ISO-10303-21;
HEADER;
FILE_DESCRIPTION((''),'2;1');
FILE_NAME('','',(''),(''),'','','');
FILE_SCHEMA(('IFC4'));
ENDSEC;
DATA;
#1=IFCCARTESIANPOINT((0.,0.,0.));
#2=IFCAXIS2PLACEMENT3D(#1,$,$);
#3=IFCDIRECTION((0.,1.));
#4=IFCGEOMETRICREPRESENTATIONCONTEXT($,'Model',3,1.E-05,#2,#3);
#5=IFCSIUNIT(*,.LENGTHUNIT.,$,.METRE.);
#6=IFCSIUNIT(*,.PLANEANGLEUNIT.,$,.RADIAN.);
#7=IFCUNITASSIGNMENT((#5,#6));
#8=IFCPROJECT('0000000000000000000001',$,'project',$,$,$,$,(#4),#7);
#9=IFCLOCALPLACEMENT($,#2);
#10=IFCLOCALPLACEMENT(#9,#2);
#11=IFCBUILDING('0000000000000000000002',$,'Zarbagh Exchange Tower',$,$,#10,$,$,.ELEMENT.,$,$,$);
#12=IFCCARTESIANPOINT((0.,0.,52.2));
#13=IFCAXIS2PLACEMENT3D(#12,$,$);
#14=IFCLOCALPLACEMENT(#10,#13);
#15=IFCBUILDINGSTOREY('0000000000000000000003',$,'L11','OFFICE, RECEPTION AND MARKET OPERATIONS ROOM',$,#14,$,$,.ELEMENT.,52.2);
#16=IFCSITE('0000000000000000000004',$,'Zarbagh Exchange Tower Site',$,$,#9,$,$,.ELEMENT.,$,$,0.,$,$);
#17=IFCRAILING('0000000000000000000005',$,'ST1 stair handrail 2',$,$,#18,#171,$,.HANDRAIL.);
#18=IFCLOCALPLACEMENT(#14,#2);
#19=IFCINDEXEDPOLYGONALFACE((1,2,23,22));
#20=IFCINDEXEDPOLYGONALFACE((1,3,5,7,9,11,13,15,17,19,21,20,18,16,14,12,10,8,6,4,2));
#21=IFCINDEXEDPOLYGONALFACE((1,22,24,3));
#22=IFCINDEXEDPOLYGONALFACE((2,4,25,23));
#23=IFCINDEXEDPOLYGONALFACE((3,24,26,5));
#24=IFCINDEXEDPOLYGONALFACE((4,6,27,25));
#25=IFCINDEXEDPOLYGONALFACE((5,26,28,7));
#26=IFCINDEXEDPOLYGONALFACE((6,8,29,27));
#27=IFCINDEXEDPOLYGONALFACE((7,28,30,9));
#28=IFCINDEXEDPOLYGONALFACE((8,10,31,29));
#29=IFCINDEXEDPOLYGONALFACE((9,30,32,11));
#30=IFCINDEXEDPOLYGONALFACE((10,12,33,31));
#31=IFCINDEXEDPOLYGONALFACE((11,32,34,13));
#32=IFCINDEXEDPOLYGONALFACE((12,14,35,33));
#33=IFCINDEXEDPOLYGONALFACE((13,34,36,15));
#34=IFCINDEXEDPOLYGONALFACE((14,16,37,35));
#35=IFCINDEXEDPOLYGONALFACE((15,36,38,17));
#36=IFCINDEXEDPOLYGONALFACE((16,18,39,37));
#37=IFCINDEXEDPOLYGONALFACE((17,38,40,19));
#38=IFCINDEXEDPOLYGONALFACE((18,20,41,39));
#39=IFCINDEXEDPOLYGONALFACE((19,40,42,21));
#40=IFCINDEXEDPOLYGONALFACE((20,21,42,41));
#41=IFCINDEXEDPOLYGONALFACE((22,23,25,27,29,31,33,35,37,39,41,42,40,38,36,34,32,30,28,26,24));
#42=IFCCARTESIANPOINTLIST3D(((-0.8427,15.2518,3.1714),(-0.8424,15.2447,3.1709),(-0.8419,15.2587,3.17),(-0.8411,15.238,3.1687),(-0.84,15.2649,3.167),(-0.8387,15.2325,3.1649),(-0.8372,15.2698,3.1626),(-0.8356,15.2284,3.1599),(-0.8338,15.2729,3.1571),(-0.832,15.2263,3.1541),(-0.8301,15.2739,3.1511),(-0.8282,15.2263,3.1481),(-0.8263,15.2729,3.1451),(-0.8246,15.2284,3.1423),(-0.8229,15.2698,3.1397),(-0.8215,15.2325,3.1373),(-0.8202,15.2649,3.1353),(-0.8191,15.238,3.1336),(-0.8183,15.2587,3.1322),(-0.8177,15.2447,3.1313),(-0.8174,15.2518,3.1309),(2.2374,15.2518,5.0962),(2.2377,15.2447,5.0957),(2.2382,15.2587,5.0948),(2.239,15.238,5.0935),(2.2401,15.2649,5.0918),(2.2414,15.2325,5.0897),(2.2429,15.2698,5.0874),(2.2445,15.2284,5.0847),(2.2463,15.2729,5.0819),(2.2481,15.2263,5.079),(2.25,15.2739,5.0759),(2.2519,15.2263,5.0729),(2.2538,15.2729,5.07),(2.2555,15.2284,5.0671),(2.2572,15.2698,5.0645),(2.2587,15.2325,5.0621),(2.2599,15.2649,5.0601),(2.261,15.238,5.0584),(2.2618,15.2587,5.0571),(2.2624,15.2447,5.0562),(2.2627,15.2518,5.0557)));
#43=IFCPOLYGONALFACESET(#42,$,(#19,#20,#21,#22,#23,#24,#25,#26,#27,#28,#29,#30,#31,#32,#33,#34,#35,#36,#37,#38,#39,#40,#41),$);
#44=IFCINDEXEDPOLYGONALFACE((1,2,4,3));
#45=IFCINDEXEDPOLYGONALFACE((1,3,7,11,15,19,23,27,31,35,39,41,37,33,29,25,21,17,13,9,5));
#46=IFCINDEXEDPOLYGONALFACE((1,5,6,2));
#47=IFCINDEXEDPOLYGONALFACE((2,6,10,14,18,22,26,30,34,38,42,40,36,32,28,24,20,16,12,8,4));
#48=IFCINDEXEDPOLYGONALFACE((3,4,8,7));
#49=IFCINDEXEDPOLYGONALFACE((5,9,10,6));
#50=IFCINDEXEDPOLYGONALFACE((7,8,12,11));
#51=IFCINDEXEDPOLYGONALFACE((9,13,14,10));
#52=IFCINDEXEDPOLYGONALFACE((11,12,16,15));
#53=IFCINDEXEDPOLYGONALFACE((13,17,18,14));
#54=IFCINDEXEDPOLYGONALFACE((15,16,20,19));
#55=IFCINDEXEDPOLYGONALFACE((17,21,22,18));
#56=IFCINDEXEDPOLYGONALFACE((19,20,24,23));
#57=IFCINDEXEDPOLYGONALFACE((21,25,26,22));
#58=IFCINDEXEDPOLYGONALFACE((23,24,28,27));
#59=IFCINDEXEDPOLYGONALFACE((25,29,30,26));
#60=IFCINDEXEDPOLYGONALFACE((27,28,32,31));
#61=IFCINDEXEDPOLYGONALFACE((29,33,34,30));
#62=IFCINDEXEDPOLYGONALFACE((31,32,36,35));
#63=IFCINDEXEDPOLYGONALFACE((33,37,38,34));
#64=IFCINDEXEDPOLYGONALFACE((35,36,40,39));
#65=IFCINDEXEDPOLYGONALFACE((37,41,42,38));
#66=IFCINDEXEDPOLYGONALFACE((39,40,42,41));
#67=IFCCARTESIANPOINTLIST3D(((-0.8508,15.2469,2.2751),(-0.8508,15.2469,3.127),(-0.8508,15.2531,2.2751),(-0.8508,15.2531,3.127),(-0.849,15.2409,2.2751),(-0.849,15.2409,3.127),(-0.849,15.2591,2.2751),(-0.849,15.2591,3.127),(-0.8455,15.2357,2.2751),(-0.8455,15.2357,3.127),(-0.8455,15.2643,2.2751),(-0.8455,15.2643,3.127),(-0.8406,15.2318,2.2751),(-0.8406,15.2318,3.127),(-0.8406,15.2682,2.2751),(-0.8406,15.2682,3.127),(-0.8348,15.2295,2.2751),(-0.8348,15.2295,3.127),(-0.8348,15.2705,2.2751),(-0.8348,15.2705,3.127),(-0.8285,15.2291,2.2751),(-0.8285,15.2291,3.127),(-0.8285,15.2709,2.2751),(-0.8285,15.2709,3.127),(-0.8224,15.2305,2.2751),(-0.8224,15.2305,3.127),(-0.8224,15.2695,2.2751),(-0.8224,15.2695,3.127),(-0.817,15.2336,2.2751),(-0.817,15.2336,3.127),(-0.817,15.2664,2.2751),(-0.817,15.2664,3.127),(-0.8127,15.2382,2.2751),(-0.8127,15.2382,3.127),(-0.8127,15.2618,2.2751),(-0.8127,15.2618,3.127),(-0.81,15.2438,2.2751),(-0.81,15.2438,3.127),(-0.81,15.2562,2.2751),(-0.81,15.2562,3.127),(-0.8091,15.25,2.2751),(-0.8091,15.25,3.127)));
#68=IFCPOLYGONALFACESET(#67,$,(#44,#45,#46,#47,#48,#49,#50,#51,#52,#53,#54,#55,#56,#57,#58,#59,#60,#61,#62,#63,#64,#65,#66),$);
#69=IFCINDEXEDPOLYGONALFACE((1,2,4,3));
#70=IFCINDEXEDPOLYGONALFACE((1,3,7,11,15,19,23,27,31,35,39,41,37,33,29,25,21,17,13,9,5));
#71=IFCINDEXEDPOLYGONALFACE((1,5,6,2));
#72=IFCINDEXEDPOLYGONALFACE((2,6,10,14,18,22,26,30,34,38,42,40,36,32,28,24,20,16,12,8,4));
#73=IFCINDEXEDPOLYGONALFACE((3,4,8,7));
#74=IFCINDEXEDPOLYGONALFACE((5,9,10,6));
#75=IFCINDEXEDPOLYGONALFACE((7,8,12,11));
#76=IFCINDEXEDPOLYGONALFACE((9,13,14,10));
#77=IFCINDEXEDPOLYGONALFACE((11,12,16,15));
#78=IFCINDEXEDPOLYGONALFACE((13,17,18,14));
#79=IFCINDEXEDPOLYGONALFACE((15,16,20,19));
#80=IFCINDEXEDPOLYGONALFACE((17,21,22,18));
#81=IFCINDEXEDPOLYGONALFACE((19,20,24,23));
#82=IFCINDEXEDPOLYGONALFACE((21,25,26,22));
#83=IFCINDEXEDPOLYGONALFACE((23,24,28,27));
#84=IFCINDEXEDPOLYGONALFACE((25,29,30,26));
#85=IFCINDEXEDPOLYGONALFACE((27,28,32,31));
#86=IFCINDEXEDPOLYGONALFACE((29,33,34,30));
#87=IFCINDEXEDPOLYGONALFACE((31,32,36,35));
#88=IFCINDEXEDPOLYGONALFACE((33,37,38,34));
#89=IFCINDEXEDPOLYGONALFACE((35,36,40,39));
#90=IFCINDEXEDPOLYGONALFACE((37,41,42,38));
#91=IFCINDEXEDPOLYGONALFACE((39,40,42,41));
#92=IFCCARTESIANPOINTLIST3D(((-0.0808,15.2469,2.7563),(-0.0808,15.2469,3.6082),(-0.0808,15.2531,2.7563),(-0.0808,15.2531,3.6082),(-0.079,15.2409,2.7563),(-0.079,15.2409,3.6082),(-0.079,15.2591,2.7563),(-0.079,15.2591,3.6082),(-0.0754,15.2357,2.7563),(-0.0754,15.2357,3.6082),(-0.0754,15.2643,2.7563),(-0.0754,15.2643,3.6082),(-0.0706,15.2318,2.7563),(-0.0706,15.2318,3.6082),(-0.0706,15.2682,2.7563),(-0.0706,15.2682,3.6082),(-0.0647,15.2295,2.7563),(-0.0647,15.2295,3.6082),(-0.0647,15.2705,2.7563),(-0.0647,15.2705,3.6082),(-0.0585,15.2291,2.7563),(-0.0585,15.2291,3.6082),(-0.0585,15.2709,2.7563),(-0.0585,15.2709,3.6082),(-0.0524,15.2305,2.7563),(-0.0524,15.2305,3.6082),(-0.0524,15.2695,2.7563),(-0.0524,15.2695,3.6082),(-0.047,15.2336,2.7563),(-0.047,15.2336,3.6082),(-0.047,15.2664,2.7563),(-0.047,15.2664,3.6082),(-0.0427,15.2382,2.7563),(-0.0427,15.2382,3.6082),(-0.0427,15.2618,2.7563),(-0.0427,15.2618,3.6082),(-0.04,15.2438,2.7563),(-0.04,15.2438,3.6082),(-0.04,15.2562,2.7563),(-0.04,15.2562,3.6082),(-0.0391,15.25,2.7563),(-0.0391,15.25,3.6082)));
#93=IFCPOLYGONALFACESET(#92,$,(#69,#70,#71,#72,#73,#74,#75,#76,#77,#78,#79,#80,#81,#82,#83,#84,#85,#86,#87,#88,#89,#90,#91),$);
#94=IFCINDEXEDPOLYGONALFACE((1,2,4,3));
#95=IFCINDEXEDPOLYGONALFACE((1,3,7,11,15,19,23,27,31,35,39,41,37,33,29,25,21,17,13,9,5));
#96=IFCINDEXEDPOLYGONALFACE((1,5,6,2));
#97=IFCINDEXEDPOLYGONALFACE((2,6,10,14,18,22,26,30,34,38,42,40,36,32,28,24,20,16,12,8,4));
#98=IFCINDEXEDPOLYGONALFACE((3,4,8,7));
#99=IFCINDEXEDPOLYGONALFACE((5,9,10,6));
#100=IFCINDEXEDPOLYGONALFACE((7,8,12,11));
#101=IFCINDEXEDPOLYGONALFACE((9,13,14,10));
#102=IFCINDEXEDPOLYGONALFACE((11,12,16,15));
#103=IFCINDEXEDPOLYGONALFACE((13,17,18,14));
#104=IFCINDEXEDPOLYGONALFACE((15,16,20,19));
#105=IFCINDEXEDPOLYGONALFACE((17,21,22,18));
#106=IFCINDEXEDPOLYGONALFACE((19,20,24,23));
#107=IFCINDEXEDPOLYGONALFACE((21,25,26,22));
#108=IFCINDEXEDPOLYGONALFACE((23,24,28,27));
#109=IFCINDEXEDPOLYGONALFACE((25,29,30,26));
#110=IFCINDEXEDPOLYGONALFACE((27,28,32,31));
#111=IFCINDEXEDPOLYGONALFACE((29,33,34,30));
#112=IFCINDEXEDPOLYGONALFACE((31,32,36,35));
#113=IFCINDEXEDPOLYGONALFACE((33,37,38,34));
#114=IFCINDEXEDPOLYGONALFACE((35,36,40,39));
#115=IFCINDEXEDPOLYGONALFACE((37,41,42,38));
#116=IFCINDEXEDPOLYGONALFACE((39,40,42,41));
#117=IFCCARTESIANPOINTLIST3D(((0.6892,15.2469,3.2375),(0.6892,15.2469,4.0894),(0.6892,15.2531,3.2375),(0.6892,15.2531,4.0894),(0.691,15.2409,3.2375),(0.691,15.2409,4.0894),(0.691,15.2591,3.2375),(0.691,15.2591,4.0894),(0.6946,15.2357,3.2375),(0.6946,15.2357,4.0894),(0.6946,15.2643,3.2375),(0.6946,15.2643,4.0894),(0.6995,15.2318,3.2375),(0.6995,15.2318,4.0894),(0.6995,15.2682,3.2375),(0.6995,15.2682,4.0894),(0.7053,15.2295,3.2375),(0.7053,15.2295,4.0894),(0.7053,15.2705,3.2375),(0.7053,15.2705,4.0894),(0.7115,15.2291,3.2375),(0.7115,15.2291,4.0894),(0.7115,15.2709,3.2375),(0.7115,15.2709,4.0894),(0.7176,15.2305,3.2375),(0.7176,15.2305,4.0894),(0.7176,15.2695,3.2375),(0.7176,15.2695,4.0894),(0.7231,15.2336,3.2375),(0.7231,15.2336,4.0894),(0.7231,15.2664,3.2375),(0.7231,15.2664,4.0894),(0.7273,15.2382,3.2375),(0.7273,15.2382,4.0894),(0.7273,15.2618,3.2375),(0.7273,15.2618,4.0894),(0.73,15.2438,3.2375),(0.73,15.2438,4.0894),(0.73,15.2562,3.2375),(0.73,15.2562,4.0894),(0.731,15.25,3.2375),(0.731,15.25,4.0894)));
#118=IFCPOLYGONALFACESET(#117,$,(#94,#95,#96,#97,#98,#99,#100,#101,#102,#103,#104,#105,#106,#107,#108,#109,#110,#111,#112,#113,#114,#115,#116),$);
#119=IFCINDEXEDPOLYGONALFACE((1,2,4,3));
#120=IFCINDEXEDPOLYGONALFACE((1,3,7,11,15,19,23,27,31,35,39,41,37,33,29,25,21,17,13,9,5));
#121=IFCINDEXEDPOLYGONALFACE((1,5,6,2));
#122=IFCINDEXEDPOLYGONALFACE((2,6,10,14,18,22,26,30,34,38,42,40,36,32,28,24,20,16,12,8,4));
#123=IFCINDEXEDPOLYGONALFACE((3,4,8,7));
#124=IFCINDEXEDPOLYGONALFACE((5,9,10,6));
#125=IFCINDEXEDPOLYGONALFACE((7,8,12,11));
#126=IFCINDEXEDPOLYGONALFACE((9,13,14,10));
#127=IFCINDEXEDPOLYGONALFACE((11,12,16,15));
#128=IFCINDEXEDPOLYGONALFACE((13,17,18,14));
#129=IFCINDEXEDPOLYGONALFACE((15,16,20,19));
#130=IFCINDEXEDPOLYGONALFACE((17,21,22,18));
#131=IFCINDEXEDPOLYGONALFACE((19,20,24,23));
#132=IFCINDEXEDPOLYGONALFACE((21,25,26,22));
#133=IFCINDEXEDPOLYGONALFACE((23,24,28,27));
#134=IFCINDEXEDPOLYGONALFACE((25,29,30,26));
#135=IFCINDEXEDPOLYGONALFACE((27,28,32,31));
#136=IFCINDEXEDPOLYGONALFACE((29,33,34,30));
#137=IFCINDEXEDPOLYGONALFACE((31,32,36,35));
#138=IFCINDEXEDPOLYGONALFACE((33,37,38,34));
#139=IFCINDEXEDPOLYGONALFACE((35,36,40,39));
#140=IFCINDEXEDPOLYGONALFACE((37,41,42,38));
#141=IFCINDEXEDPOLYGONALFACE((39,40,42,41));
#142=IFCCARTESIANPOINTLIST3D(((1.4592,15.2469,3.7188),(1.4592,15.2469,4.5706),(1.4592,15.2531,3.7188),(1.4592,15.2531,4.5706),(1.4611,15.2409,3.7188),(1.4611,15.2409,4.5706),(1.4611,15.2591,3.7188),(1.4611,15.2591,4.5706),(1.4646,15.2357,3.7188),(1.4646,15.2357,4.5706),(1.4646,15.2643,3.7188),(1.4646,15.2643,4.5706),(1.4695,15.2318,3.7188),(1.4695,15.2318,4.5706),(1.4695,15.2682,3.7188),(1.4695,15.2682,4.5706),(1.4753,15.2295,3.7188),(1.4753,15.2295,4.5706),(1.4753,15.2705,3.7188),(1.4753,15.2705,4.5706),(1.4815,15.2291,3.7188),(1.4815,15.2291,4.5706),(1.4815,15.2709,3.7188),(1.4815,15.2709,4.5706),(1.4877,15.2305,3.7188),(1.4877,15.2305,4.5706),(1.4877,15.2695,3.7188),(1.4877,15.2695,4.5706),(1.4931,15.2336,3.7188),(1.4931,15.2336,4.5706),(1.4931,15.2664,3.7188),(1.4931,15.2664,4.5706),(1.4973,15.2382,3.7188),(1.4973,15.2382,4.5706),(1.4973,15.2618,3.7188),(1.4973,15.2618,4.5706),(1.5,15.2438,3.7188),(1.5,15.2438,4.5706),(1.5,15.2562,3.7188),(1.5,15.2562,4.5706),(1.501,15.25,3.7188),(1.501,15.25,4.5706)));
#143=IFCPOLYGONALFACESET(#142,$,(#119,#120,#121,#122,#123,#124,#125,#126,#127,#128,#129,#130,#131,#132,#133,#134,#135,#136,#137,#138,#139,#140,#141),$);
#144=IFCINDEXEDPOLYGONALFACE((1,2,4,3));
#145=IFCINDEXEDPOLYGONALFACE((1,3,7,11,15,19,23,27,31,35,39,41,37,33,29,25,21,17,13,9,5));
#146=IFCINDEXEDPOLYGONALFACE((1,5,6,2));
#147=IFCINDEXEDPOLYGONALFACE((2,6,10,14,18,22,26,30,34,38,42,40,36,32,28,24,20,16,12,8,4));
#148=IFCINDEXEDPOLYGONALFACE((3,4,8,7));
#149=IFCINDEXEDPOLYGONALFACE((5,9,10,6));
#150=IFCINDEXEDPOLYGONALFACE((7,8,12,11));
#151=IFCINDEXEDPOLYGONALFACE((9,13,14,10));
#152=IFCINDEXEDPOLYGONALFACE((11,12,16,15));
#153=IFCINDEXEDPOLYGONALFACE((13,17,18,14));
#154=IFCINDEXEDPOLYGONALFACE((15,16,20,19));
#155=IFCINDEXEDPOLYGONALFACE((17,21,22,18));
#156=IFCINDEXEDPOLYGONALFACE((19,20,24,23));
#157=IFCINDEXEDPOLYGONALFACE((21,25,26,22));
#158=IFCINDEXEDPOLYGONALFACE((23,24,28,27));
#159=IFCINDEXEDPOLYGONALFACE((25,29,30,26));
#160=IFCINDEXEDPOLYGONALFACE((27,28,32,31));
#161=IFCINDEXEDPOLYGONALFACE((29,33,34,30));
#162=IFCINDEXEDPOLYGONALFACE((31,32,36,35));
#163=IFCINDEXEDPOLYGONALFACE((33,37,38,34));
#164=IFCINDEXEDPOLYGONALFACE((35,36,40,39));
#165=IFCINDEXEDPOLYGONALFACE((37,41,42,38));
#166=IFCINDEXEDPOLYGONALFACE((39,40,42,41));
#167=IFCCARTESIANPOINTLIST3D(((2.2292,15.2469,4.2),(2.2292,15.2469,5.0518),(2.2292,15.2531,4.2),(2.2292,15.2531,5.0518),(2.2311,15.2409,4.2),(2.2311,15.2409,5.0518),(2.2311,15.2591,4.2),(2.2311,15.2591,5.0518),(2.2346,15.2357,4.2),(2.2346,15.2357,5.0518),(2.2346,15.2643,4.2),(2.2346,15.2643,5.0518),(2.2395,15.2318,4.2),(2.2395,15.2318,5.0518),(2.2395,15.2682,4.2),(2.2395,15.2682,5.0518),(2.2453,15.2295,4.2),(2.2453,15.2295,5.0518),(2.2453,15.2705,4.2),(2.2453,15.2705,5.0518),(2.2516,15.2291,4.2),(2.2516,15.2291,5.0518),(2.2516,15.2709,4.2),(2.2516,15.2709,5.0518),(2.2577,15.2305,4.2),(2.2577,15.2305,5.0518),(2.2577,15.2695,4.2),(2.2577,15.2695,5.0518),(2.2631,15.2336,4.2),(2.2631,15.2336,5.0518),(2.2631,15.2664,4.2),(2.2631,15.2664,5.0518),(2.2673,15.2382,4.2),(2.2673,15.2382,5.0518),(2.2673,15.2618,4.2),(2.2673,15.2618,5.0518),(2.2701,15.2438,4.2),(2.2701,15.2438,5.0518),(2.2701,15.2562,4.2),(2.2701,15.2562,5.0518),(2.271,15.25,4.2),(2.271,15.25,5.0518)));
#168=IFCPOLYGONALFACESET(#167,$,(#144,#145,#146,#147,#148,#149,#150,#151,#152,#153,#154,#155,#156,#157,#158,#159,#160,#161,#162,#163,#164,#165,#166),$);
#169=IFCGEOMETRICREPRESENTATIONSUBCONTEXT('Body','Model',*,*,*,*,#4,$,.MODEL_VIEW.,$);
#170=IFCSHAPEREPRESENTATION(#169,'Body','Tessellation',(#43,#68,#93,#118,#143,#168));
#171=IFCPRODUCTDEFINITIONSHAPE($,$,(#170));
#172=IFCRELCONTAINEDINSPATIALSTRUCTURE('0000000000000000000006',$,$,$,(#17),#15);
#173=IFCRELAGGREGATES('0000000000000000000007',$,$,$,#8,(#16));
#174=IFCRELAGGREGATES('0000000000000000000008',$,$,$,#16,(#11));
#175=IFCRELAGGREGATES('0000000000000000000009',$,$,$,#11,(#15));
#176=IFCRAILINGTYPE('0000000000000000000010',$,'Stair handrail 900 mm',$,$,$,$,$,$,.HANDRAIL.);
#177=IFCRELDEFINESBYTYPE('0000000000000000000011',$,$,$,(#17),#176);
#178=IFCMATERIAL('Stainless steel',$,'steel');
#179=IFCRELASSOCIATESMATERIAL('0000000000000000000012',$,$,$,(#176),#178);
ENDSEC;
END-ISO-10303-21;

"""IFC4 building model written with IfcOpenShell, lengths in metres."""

from ifc_helpers import new_model, si_unit, direction, frame, origin, origin_2d, place, context, subcontext, project, spatial, circle, extrude, material, type_object, element, save


model = new_model("IFC4")

# Units and contexts
model_context = context("Model", 3, precision=1e-05, world=origin(), true_north=direction((0.0, 1.0)))
body_context = subcontext(model_context, "Body", "Model", "MODEL_VIEW")
ifc_project = project(units=[si_unit("LENGTHUNIT", "METRE"), si_unit("PLANEANGLEUNIT", "RADIAN")], contexts=[model_context])

# Site, building, storey
site_placement = place(None, origin())
site = spatial("IfcSite", under=ifc_project, at=site_placement, Name="Zarbagh Exchange Tower Site", CompositionType="ELEMENT", RefElevation=0.0)
building_placement = place(site_placement, origin())
building = spatial("IfcBuilding", under=site, at=building_placement, Name="Zarbagh Exchange Tower", CompositionType="ELEMENT")
storey_placement = place(building_placement, frame((0.0, 0.0, 52.2)))
storey = spatial("IfcBuildingStorey", under=building, at=storey_placement, Name="L11", Description="OFFICE, RECEPTION AND MARKET OPERATIONS ROOM", CompositionType="ELEMENT", Elevation=52.2)

# Shared definitions
ifc_material_1 = material(Name="Stainless steel", Category="steel")

# Railing
railing_type_1 = type_object("IfcRailingType", Name="Stair handrail 900 mm", PredefinedType="HANDRAIL", material=ifc_material_1)
railing_1_placement = place(storey_placement, frame((-0.8301, 15.25, 2.2751)))
element("IfcRailing", 1, at=railing_1_placement, inside=storey, type_object=railing_type_1, Name="ST1 stair handrail 2", PredefinedType="HANDRAIL", context=body_context, shape_type="SweptSolid", body=[
    extrude(circle(Radius=0.0239, at=origin_2d()), frame((0.0, 0.0, 0.876), z_axis=(0.848029, 0.0, 0.529951), x_axis=(0.0, 1.0, 0.0)), (0.0, 0.0, 1.0), 3.6321),
    extrude(circle(Radius=0.021, at=origin_2d()), origin(), (0.0, 0.0, 1.0), 0.8518),
    extrude(circle(Radius=0.021, at=origin_2d()), frame((0.77, 0.0, 0.4812)), (0.0, 0.0, 1.0), 0.8518),
    extrude(circle(Radius=0.021, at=origin_2d()), frame((1.54, 0.0, 0.9624)), (0.0, 0.0, 1.0), 0.8518),
    extrude(circle(Radius=0.021, at=origin_2d()), frame((2.3101, 0.0, 1.4436)), (0.0, 0.0, 1.0), 0.8518),
    extrude(circle(Radius=0.021, at=origin_2d()), frame((3.0801, 0.0, 1.9248)), (0.0, 0.0, 1.0), 0.8518),
])

save(model, "model.ifc")
